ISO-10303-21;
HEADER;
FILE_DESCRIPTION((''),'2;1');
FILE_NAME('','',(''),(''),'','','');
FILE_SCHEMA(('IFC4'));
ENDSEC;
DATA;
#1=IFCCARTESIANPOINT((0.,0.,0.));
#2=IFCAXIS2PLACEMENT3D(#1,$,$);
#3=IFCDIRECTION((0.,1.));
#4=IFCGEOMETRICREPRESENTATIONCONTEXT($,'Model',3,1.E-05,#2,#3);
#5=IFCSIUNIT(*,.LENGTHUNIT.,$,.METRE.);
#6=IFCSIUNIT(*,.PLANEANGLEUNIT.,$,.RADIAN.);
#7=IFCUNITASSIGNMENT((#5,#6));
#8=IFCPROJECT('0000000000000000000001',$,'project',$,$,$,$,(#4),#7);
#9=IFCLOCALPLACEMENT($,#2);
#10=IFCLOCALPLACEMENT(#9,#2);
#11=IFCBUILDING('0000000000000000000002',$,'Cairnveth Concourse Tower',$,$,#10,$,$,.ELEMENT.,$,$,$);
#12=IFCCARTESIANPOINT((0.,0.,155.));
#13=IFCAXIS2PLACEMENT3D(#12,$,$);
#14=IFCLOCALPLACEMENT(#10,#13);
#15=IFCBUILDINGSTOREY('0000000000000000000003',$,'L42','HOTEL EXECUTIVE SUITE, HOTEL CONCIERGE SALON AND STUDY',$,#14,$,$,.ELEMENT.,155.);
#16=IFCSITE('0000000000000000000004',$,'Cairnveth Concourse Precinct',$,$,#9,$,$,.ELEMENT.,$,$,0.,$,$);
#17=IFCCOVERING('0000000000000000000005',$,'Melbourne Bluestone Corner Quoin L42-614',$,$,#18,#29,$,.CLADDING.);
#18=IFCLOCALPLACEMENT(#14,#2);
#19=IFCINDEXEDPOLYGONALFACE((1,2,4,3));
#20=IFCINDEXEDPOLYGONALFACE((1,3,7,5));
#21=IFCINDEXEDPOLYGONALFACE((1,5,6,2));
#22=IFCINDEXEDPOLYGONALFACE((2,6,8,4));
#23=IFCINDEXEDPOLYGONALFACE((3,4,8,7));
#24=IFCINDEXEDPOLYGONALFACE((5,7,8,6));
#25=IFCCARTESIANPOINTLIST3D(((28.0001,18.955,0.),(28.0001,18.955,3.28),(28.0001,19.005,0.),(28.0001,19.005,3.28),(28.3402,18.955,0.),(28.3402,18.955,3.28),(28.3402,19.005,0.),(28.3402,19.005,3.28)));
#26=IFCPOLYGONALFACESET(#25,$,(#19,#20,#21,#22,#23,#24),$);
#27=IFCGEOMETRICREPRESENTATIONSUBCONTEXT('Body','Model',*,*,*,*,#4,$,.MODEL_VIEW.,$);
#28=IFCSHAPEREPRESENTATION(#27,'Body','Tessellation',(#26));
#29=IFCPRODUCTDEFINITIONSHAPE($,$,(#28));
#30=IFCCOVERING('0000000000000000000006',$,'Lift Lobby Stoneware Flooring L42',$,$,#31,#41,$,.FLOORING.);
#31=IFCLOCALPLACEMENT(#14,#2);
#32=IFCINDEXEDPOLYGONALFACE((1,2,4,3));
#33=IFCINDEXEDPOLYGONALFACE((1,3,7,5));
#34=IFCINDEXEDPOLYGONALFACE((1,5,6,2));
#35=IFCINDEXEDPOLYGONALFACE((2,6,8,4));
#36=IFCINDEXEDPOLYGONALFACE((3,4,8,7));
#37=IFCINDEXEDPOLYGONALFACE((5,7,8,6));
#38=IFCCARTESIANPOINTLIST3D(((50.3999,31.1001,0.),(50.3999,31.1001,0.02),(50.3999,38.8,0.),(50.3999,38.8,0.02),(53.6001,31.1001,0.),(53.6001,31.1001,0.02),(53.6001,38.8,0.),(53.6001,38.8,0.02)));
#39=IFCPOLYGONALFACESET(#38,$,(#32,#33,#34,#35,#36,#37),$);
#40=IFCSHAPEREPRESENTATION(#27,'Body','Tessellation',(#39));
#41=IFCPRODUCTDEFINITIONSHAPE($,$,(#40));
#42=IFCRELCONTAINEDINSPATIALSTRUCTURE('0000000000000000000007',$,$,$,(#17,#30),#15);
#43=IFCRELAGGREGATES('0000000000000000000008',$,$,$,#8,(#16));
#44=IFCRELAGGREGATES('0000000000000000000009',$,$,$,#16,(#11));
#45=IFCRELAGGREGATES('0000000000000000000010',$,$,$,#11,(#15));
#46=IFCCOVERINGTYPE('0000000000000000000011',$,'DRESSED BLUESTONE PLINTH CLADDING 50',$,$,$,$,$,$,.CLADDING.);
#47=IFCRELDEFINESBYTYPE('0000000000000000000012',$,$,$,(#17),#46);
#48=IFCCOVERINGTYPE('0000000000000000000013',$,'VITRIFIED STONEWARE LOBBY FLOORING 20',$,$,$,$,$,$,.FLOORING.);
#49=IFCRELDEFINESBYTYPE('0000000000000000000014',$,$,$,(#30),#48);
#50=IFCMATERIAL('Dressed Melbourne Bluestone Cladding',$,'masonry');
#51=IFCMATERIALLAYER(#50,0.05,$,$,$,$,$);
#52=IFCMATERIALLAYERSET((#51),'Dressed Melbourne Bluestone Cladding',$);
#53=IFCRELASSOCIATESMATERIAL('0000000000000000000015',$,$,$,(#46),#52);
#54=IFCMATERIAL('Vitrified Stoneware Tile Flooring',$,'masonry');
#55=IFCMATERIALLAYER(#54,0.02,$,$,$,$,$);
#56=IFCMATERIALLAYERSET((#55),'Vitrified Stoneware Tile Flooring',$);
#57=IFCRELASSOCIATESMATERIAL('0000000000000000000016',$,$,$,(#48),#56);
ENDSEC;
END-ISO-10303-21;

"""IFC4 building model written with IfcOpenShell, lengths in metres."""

from ifc_helpers import new_model, si_unit, direction, frame, frame_2d, origin, place, context, subcontext, project, spatial, polyline, rectangle, outline, extrude, material, layer, layer_set, type_object, element, save


model = new_model("IFC4")

# Units and contexts
model_context = context("Model", 3, precision=1e-05, world=origin(), true_north=direction((0.0, 1.0)))
body_context = subcontext(model_context, "Body", "Model", "MODEL_VIEW")
ifc_project = project(units=[si_unit("LENGTHUNIT", "METRE"), si_unit("PLANEANGLEUNIT", "RADIAN")], contexts=[model_context])

# Site, building, storey
site_placement = place(None, origin())
site = spatial("IfcSite", under=ifc_project, at=site_placement, Name="Cairnveth Concourse Precinct", CompositionType="ELEMENT", RefElevation=0.0)
building_placement = place(site_placement, origin())
building = spatial("IfcBuilding", under=site, at=building_placement, Name="Cairnveth Concourse Tower", CompositionType="ELEMENT")
storey_placement = place(building_placement, frame((0.0, 0.0, 155.0)))
storey = spatial("IfcBuildingStorey", under=building, at=storey_placement, Name="L42", Description="HOTEL EXECUTIVE SUITE, HOTEL CONCIERGE SALON AND STUDY", CompositionType="ELEMENT", Elevation=155.0)

# Coverings
ifc_material_1 = material(Name="Dressed Melbourne Bluestone Cladding", Category="masonry")
ifc_layer_1 = layer(ifc_material_1, 0.05)
ifc_layer_set_1 = layer_set([ifc_layer_1], Name="Dressed Melbourne Bluestone Cladding")
covering_type_1 = type_object("IfcCoveringType", Name="DRESSED BLUESTONE PLINTH CLADDING 50", PredefinedType="CLADDING", material=ifc_layer_set_1)
for number, where, z_axis, x_axis, name in (
    (1, (28.3401, 18.98, 0.0), (0.0, 0.0, 1.0), (-1.0, 0.0, 0.0), "Melbourne Bluestone Corner Quoin L42-614"),
):
    element("IfcCovering", number, at=place(storey_placement, frame(where, z_axis=z_axis, x_axis=x_axis)), inside=storey, type_object=covering_type_1, Name=name, PredefinedType="CLADDING", context=body_context, shape_type="SweptSolid", body=[
        extrude(rectangle(XDim=0.3401, YDim=0.05, at=frame_2d((0.1699, 0.0))), origin(), (0.0, 0.0, 1.0), 3.28),
    ])
ifc_material_2 = material(Name="Vitrified Stoneware Tile Flooring", Category="masonry")
ifc_layer_2 = layer(ifc_material_2, 0.02)
ifc_layer_set_2 = layer_set([ifc_layer_2], Name="Vitrified Stoneware Tile Flooring")
covering_type_2 = type_object("IfcCoveringType", Name="VITRIFIED STONEWARE LOBBY FLOORING 20", PredefinedType="FLOORING", material=ifc_layer_set_2)
covering_1_placement = place(storey_placement, origin())
element("IfcCovering", 2, at=covering_1_placement, inside=storey, type_object=covering_type_2, Name="Lift Lobby Stoneware Flooring L42", PredefinedType="FLOORING", context=body_context, shape_type="SweptSolid", body=[
    extrude(outline(polyline([(50.3999, 31.1001), (53.6001, 31.1001), (53.6001, 38.8), (50.3999, 38.8), (50.3999, 31.1001)])), origin(), (0.0, 0.0, 1.0), 0.02),
])

save(model, "model.ifc")
